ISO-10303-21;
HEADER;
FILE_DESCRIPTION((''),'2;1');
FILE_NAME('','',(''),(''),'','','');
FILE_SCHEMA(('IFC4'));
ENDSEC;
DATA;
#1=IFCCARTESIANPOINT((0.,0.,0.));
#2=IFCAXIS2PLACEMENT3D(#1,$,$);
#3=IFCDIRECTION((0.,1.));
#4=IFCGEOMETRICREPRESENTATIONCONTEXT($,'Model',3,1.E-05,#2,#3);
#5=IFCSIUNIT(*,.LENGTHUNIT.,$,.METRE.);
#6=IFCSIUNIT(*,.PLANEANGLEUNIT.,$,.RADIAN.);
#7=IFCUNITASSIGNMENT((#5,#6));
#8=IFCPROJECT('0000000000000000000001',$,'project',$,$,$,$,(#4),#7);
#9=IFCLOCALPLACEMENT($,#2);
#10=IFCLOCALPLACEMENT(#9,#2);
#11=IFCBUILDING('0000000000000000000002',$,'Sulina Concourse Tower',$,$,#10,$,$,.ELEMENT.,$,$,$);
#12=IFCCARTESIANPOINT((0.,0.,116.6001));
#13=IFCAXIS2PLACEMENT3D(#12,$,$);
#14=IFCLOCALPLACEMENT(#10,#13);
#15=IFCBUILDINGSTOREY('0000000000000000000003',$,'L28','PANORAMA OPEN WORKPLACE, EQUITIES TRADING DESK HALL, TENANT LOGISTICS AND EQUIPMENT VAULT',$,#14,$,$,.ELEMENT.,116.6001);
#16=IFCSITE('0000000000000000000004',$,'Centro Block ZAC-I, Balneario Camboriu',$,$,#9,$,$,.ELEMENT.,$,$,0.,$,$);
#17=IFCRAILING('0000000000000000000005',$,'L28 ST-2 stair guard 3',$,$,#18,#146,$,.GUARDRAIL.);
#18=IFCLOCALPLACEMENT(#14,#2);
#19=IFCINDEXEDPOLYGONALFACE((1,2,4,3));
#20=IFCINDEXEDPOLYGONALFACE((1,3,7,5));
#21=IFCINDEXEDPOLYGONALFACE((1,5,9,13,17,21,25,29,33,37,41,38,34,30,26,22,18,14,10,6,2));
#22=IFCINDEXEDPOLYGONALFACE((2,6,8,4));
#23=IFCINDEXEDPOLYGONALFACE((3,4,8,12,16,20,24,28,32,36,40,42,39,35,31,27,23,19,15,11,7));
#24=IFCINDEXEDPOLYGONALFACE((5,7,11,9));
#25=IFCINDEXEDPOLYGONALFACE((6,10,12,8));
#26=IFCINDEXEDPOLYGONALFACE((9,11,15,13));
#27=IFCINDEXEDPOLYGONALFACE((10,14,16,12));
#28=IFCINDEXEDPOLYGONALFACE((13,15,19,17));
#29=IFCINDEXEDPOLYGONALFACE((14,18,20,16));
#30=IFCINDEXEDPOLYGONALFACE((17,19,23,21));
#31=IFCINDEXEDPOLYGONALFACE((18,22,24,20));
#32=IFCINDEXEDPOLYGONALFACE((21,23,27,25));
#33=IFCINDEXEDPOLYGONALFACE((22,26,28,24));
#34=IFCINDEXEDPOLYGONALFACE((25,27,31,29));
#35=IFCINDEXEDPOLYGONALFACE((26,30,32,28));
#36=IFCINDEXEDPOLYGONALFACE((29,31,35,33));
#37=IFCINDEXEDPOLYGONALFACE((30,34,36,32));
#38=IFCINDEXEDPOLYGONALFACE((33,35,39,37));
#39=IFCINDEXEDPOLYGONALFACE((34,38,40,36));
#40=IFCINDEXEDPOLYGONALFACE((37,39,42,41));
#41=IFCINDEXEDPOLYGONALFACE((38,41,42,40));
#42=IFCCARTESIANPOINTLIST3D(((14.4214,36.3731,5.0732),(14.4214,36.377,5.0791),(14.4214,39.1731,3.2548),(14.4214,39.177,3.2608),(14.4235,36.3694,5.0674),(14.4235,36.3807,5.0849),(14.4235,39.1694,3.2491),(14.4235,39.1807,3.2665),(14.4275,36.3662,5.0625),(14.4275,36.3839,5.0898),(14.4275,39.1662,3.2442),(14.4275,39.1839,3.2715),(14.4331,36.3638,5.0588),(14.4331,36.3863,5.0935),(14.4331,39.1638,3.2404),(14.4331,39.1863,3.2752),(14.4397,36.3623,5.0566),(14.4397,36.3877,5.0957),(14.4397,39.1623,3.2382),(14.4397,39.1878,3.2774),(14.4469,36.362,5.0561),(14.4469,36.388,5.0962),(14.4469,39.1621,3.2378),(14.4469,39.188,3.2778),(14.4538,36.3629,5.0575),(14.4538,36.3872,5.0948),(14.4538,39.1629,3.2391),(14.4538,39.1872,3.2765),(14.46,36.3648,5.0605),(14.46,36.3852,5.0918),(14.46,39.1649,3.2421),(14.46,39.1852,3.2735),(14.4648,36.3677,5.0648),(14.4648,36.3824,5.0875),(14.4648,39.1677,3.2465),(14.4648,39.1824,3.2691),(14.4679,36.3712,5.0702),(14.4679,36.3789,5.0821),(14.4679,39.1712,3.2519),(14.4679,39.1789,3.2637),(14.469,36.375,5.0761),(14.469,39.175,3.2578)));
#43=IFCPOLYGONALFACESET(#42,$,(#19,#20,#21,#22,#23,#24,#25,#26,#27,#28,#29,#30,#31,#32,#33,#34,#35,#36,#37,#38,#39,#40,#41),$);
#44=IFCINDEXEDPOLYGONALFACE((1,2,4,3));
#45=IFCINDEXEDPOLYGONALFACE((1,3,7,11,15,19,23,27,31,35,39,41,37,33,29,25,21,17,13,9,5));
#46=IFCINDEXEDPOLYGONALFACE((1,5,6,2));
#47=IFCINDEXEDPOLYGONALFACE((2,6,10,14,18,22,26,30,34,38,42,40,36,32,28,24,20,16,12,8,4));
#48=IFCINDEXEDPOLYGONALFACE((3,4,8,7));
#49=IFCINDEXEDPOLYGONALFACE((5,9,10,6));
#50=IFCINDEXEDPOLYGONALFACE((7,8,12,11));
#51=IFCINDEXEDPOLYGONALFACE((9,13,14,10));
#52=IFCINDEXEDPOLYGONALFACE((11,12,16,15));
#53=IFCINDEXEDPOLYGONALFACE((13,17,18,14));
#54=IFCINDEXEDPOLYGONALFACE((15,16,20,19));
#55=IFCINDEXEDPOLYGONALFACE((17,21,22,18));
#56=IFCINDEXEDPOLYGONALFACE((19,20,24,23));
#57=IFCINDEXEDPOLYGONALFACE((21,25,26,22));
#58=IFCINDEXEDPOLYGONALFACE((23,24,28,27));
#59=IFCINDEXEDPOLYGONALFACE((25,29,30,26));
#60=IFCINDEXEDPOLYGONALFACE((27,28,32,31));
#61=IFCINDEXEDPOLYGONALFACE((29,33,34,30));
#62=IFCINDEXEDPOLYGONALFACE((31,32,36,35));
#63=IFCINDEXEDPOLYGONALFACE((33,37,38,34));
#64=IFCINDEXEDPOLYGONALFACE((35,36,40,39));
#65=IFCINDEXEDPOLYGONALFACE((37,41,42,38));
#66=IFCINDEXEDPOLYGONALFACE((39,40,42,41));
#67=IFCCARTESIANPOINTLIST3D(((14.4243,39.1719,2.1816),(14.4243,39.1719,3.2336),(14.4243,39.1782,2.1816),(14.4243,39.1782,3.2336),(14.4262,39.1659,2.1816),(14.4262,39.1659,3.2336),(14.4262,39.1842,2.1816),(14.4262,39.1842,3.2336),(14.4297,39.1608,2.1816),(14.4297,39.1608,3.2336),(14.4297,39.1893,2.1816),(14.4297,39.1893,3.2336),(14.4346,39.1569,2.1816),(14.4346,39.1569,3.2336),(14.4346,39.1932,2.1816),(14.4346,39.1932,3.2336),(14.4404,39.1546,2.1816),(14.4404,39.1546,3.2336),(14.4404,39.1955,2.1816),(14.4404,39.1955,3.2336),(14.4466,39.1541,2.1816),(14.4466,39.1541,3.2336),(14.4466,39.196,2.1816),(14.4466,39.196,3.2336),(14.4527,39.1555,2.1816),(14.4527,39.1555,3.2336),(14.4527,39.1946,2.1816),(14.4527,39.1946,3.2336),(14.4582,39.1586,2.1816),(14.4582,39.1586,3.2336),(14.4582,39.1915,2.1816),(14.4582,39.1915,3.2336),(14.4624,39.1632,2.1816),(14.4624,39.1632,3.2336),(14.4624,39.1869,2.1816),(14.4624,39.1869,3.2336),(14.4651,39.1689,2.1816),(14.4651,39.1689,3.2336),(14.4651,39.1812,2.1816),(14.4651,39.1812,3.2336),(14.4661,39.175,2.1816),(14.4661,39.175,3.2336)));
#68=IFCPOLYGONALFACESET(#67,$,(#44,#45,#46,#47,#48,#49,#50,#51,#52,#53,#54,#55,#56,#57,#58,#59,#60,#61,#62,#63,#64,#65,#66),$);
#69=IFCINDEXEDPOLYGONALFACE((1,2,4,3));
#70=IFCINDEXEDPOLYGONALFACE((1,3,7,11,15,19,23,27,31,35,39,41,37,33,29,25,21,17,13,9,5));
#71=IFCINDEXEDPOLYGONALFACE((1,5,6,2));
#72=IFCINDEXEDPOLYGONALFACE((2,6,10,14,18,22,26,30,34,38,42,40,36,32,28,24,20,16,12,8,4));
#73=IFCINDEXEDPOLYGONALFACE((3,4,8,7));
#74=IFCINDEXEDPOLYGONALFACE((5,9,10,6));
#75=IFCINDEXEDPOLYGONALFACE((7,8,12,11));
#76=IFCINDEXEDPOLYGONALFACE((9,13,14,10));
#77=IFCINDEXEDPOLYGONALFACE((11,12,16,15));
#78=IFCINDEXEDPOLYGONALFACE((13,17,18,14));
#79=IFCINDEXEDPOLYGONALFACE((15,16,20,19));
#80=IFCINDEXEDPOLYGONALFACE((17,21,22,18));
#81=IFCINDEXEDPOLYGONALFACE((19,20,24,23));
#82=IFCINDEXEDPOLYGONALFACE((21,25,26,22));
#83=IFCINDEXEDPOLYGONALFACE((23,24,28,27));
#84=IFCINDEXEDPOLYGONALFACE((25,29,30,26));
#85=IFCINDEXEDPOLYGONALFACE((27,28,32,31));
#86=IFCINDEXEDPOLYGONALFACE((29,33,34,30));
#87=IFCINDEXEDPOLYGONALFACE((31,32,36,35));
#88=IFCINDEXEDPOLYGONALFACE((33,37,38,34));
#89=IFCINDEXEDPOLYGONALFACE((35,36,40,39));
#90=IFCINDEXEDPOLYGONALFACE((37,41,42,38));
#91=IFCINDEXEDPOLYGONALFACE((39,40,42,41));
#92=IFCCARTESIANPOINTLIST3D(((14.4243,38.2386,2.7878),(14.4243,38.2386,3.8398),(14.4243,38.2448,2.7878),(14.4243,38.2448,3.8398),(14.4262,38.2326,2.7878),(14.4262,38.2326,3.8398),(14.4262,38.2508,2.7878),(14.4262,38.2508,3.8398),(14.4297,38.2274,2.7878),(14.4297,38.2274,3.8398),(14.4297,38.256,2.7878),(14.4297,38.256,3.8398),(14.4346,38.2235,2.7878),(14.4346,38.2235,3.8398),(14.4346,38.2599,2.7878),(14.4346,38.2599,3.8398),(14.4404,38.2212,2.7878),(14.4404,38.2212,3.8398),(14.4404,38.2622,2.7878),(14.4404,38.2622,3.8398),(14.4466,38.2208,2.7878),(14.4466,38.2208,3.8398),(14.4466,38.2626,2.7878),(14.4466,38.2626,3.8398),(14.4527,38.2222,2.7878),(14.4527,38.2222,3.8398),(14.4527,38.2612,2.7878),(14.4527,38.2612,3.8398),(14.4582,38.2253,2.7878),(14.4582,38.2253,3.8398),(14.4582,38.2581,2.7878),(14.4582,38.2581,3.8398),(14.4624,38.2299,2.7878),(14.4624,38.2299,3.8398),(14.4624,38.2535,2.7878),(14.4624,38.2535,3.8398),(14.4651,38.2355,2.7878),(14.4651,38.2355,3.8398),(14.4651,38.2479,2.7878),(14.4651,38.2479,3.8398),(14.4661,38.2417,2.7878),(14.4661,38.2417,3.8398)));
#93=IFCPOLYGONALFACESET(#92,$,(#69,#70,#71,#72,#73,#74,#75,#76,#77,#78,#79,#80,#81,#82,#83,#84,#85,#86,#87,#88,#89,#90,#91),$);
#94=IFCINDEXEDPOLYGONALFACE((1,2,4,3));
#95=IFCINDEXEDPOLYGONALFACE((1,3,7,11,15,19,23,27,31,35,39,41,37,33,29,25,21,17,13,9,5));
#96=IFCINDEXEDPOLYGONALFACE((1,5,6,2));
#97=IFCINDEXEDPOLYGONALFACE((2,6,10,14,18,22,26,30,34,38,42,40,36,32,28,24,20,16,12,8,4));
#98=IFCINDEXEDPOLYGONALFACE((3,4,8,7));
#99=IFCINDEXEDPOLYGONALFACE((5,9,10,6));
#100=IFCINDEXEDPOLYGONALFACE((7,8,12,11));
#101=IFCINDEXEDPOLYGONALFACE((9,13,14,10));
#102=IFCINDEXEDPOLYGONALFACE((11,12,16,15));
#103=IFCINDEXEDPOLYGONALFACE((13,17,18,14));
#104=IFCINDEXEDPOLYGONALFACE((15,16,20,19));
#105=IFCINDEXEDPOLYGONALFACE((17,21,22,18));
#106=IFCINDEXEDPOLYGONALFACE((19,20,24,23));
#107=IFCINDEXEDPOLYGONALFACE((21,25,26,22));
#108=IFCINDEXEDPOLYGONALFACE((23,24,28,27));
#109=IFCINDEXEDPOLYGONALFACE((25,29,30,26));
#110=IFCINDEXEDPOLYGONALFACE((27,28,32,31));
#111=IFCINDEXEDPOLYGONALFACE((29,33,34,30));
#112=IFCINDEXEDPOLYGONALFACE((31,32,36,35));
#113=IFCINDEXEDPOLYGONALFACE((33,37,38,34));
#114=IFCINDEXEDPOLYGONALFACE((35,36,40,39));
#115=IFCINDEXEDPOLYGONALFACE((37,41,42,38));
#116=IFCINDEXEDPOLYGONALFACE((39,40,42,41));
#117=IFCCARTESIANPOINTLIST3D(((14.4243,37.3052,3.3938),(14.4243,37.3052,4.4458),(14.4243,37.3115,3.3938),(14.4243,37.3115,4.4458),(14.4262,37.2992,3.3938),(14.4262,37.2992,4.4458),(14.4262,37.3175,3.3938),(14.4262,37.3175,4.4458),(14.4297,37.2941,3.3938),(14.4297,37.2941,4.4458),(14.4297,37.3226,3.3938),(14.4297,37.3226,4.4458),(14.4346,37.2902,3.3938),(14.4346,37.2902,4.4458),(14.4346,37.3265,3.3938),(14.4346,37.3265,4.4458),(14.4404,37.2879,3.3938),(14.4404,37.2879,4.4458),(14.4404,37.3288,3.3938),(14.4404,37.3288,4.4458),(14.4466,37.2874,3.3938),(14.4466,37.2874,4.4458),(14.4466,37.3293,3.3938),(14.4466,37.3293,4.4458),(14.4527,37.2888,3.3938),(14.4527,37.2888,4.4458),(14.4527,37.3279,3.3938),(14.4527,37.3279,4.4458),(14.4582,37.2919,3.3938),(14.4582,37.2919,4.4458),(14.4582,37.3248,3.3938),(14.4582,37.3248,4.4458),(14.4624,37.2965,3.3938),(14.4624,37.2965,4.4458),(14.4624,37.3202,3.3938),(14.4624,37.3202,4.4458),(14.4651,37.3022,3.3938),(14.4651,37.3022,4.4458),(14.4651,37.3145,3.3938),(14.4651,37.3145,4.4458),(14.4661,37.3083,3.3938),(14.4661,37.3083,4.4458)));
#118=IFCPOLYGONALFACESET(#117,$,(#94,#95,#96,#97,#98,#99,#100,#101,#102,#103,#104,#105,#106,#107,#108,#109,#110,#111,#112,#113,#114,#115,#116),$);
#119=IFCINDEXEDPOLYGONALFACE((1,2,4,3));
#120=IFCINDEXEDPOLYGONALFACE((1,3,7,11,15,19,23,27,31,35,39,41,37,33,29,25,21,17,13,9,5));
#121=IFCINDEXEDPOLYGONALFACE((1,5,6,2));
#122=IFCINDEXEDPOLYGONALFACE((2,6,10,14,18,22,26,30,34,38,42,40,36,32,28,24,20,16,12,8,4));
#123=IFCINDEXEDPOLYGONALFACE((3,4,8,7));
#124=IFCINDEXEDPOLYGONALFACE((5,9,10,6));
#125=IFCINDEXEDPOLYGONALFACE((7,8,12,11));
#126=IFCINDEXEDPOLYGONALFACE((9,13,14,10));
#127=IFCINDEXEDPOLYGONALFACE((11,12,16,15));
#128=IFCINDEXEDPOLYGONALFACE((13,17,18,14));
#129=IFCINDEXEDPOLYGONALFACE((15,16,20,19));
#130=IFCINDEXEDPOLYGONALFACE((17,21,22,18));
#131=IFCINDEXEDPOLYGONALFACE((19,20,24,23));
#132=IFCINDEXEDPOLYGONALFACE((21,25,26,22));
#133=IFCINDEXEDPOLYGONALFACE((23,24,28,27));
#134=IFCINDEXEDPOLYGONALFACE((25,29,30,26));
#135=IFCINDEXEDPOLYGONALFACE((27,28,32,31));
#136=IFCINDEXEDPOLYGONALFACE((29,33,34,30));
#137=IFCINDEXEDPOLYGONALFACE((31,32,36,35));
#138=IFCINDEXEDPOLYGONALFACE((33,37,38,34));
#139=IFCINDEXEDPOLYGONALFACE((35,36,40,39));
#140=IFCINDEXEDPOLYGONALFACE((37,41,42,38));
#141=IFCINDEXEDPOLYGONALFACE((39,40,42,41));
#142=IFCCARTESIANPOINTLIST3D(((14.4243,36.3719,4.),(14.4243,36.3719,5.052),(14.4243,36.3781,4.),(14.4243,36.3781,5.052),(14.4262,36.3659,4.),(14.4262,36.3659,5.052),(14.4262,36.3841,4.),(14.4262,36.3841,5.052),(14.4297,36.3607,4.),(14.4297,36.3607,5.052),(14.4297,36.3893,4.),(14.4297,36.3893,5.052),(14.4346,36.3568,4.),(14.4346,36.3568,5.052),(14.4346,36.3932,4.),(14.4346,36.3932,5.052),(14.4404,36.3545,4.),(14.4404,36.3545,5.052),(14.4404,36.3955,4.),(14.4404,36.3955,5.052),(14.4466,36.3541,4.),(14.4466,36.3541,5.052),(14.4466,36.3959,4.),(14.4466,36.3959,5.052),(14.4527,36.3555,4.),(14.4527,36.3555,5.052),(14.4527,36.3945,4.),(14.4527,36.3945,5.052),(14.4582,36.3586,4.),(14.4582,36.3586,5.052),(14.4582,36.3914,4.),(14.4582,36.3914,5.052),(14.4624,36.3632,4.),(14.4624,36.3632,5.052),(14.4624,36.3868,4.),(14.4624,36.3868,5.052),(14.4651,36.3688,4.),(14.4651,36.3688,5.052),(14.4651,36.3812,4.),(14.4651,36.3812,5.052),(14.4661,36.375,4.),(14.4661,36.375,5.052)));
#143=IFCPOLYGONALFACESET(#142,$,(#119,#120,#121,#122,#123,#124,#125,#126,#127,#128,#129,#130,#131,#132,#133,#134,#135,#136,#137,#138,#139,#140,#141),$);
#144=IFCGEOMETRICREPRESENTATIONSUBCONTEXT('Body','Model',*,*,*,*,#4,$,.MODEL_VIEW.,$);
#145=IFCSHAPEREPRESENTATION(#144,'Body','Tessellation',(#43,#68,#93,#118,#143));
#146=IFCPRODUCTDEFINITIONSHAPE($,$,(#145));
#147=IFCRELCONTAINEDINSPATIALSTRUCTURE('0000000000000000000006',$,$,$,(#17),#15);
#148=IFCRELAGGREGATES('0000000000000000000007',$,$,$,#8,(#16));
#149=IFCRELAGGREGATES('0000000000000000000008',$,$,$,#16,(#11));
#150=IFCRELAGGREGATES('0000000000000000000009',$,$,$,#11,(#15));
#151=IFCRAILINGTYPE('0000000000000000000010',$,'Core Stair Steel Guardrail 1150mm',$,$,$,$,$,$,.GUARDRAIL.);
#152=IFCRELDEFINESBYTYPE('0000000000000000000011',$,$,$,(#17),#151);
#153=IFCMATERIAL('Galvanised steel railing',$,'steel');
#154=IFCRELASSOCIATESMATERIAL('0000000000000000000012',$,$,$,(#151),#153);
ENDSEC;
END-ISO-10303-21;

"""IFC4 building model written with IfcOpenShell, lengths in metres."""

from ifc_helpers import new_model, si_unit, direction, frame, origin, origin_2d, place, context, subcontext, project, spatial, circle, extrude, material, type_object, element, save


model = new_model("IFC4")

# Units and contexts
model_context = context("Model", 3, precision=1e-05, world=origin(), true_north=direction((0.0, 1.0)))
body_context = subcontext(model_context, "Body", "Model", "MODEL_VIEW")
ifc_project = project(units=[si_unit("LENGTHUNIT", "METRE"), si_unit("PLANEANGLEUNIT", "RADIAN")], contexts=[model_context])

# Site, building, storey
site_placement = place(None, origin())
site = spatial("IfcSite", under=ifc_project, at=site_placement, Name="Centro Block ZAC-I, Balneario Camboriu", CompositionType="ELEMENT", RefElevation=0.0)
building_placement = place(site_placement, origin())
building = spatial("IfcBuilding", under=site, at=building_placement, Name="Sulina Concourse Tower", CompositionType="ELEMENT")
storey_placement = place(building_placement, frame((0.0, 0.0, 116.6001)))
storey = spatial("IfcBuildingStorey", under=building, at=storey_placement, Name="L28", Description="PANORAMA OPEN WORKPLACE, EQUITIES TRADING DESK HALL, TENANT LOGISTICS AND EQUIPMENT VAULT", CompositionType="ELEMENT", Elevation=116.6001)

# Railing
ifc_material_1 = material(Name="Galvanised steel railing", Category="steel")
railing_type_1 = type_object("IfcRailingType", Name="Core Stair Steel Guardrail 1150mm", PredefinedType="GUARDRAIL", material=ifc_material_1)
railing_1_placement = place(storey_placement, frame((14.4451, 39.175, 2.1816)))
element("IfcRailing", 1, at=railing_1_placement, inside=storey, type_object=railing_type_1, Name="L28 ST-2 stair guard 3", PredefinedType="GUARDRAIL", context=body_context, shape_type="SweptSolid", body=[
    extrude(circle(Radius=0.0239, at=origin_2d()), frame((0.0, 0.0, 1.0762), z_axis=(0.0, -0.838672, 0.544636), x_axis=(1.0, 0.0, 0.0)), (0.0, 0.0, 1.0), 3.3386),
    extrude(circle(Radius=0.021, at=origin_2d()), origin(), (0.0, 0.0, 1.0), 1.052),
    extrude(circle(Radius=0.021, at=origin_2d()), frame((0.0, -0.9333, 0.6062)), (0.0, 0.0, 1.0), 1.052),
    extrude(circle(Radius=0.021, at=origin_2d()), frame((0.0, -1.8667, 1.2122)), (0.0, 0.0, 1.0), 1.052),
    extrude(circle(Radius=0.021, at=origin_2d()), frame((0.0, -2.8, 1.8184)), (0.0, 0.0, 1.0), 1.052),
])

save(model, "model.ifc")
